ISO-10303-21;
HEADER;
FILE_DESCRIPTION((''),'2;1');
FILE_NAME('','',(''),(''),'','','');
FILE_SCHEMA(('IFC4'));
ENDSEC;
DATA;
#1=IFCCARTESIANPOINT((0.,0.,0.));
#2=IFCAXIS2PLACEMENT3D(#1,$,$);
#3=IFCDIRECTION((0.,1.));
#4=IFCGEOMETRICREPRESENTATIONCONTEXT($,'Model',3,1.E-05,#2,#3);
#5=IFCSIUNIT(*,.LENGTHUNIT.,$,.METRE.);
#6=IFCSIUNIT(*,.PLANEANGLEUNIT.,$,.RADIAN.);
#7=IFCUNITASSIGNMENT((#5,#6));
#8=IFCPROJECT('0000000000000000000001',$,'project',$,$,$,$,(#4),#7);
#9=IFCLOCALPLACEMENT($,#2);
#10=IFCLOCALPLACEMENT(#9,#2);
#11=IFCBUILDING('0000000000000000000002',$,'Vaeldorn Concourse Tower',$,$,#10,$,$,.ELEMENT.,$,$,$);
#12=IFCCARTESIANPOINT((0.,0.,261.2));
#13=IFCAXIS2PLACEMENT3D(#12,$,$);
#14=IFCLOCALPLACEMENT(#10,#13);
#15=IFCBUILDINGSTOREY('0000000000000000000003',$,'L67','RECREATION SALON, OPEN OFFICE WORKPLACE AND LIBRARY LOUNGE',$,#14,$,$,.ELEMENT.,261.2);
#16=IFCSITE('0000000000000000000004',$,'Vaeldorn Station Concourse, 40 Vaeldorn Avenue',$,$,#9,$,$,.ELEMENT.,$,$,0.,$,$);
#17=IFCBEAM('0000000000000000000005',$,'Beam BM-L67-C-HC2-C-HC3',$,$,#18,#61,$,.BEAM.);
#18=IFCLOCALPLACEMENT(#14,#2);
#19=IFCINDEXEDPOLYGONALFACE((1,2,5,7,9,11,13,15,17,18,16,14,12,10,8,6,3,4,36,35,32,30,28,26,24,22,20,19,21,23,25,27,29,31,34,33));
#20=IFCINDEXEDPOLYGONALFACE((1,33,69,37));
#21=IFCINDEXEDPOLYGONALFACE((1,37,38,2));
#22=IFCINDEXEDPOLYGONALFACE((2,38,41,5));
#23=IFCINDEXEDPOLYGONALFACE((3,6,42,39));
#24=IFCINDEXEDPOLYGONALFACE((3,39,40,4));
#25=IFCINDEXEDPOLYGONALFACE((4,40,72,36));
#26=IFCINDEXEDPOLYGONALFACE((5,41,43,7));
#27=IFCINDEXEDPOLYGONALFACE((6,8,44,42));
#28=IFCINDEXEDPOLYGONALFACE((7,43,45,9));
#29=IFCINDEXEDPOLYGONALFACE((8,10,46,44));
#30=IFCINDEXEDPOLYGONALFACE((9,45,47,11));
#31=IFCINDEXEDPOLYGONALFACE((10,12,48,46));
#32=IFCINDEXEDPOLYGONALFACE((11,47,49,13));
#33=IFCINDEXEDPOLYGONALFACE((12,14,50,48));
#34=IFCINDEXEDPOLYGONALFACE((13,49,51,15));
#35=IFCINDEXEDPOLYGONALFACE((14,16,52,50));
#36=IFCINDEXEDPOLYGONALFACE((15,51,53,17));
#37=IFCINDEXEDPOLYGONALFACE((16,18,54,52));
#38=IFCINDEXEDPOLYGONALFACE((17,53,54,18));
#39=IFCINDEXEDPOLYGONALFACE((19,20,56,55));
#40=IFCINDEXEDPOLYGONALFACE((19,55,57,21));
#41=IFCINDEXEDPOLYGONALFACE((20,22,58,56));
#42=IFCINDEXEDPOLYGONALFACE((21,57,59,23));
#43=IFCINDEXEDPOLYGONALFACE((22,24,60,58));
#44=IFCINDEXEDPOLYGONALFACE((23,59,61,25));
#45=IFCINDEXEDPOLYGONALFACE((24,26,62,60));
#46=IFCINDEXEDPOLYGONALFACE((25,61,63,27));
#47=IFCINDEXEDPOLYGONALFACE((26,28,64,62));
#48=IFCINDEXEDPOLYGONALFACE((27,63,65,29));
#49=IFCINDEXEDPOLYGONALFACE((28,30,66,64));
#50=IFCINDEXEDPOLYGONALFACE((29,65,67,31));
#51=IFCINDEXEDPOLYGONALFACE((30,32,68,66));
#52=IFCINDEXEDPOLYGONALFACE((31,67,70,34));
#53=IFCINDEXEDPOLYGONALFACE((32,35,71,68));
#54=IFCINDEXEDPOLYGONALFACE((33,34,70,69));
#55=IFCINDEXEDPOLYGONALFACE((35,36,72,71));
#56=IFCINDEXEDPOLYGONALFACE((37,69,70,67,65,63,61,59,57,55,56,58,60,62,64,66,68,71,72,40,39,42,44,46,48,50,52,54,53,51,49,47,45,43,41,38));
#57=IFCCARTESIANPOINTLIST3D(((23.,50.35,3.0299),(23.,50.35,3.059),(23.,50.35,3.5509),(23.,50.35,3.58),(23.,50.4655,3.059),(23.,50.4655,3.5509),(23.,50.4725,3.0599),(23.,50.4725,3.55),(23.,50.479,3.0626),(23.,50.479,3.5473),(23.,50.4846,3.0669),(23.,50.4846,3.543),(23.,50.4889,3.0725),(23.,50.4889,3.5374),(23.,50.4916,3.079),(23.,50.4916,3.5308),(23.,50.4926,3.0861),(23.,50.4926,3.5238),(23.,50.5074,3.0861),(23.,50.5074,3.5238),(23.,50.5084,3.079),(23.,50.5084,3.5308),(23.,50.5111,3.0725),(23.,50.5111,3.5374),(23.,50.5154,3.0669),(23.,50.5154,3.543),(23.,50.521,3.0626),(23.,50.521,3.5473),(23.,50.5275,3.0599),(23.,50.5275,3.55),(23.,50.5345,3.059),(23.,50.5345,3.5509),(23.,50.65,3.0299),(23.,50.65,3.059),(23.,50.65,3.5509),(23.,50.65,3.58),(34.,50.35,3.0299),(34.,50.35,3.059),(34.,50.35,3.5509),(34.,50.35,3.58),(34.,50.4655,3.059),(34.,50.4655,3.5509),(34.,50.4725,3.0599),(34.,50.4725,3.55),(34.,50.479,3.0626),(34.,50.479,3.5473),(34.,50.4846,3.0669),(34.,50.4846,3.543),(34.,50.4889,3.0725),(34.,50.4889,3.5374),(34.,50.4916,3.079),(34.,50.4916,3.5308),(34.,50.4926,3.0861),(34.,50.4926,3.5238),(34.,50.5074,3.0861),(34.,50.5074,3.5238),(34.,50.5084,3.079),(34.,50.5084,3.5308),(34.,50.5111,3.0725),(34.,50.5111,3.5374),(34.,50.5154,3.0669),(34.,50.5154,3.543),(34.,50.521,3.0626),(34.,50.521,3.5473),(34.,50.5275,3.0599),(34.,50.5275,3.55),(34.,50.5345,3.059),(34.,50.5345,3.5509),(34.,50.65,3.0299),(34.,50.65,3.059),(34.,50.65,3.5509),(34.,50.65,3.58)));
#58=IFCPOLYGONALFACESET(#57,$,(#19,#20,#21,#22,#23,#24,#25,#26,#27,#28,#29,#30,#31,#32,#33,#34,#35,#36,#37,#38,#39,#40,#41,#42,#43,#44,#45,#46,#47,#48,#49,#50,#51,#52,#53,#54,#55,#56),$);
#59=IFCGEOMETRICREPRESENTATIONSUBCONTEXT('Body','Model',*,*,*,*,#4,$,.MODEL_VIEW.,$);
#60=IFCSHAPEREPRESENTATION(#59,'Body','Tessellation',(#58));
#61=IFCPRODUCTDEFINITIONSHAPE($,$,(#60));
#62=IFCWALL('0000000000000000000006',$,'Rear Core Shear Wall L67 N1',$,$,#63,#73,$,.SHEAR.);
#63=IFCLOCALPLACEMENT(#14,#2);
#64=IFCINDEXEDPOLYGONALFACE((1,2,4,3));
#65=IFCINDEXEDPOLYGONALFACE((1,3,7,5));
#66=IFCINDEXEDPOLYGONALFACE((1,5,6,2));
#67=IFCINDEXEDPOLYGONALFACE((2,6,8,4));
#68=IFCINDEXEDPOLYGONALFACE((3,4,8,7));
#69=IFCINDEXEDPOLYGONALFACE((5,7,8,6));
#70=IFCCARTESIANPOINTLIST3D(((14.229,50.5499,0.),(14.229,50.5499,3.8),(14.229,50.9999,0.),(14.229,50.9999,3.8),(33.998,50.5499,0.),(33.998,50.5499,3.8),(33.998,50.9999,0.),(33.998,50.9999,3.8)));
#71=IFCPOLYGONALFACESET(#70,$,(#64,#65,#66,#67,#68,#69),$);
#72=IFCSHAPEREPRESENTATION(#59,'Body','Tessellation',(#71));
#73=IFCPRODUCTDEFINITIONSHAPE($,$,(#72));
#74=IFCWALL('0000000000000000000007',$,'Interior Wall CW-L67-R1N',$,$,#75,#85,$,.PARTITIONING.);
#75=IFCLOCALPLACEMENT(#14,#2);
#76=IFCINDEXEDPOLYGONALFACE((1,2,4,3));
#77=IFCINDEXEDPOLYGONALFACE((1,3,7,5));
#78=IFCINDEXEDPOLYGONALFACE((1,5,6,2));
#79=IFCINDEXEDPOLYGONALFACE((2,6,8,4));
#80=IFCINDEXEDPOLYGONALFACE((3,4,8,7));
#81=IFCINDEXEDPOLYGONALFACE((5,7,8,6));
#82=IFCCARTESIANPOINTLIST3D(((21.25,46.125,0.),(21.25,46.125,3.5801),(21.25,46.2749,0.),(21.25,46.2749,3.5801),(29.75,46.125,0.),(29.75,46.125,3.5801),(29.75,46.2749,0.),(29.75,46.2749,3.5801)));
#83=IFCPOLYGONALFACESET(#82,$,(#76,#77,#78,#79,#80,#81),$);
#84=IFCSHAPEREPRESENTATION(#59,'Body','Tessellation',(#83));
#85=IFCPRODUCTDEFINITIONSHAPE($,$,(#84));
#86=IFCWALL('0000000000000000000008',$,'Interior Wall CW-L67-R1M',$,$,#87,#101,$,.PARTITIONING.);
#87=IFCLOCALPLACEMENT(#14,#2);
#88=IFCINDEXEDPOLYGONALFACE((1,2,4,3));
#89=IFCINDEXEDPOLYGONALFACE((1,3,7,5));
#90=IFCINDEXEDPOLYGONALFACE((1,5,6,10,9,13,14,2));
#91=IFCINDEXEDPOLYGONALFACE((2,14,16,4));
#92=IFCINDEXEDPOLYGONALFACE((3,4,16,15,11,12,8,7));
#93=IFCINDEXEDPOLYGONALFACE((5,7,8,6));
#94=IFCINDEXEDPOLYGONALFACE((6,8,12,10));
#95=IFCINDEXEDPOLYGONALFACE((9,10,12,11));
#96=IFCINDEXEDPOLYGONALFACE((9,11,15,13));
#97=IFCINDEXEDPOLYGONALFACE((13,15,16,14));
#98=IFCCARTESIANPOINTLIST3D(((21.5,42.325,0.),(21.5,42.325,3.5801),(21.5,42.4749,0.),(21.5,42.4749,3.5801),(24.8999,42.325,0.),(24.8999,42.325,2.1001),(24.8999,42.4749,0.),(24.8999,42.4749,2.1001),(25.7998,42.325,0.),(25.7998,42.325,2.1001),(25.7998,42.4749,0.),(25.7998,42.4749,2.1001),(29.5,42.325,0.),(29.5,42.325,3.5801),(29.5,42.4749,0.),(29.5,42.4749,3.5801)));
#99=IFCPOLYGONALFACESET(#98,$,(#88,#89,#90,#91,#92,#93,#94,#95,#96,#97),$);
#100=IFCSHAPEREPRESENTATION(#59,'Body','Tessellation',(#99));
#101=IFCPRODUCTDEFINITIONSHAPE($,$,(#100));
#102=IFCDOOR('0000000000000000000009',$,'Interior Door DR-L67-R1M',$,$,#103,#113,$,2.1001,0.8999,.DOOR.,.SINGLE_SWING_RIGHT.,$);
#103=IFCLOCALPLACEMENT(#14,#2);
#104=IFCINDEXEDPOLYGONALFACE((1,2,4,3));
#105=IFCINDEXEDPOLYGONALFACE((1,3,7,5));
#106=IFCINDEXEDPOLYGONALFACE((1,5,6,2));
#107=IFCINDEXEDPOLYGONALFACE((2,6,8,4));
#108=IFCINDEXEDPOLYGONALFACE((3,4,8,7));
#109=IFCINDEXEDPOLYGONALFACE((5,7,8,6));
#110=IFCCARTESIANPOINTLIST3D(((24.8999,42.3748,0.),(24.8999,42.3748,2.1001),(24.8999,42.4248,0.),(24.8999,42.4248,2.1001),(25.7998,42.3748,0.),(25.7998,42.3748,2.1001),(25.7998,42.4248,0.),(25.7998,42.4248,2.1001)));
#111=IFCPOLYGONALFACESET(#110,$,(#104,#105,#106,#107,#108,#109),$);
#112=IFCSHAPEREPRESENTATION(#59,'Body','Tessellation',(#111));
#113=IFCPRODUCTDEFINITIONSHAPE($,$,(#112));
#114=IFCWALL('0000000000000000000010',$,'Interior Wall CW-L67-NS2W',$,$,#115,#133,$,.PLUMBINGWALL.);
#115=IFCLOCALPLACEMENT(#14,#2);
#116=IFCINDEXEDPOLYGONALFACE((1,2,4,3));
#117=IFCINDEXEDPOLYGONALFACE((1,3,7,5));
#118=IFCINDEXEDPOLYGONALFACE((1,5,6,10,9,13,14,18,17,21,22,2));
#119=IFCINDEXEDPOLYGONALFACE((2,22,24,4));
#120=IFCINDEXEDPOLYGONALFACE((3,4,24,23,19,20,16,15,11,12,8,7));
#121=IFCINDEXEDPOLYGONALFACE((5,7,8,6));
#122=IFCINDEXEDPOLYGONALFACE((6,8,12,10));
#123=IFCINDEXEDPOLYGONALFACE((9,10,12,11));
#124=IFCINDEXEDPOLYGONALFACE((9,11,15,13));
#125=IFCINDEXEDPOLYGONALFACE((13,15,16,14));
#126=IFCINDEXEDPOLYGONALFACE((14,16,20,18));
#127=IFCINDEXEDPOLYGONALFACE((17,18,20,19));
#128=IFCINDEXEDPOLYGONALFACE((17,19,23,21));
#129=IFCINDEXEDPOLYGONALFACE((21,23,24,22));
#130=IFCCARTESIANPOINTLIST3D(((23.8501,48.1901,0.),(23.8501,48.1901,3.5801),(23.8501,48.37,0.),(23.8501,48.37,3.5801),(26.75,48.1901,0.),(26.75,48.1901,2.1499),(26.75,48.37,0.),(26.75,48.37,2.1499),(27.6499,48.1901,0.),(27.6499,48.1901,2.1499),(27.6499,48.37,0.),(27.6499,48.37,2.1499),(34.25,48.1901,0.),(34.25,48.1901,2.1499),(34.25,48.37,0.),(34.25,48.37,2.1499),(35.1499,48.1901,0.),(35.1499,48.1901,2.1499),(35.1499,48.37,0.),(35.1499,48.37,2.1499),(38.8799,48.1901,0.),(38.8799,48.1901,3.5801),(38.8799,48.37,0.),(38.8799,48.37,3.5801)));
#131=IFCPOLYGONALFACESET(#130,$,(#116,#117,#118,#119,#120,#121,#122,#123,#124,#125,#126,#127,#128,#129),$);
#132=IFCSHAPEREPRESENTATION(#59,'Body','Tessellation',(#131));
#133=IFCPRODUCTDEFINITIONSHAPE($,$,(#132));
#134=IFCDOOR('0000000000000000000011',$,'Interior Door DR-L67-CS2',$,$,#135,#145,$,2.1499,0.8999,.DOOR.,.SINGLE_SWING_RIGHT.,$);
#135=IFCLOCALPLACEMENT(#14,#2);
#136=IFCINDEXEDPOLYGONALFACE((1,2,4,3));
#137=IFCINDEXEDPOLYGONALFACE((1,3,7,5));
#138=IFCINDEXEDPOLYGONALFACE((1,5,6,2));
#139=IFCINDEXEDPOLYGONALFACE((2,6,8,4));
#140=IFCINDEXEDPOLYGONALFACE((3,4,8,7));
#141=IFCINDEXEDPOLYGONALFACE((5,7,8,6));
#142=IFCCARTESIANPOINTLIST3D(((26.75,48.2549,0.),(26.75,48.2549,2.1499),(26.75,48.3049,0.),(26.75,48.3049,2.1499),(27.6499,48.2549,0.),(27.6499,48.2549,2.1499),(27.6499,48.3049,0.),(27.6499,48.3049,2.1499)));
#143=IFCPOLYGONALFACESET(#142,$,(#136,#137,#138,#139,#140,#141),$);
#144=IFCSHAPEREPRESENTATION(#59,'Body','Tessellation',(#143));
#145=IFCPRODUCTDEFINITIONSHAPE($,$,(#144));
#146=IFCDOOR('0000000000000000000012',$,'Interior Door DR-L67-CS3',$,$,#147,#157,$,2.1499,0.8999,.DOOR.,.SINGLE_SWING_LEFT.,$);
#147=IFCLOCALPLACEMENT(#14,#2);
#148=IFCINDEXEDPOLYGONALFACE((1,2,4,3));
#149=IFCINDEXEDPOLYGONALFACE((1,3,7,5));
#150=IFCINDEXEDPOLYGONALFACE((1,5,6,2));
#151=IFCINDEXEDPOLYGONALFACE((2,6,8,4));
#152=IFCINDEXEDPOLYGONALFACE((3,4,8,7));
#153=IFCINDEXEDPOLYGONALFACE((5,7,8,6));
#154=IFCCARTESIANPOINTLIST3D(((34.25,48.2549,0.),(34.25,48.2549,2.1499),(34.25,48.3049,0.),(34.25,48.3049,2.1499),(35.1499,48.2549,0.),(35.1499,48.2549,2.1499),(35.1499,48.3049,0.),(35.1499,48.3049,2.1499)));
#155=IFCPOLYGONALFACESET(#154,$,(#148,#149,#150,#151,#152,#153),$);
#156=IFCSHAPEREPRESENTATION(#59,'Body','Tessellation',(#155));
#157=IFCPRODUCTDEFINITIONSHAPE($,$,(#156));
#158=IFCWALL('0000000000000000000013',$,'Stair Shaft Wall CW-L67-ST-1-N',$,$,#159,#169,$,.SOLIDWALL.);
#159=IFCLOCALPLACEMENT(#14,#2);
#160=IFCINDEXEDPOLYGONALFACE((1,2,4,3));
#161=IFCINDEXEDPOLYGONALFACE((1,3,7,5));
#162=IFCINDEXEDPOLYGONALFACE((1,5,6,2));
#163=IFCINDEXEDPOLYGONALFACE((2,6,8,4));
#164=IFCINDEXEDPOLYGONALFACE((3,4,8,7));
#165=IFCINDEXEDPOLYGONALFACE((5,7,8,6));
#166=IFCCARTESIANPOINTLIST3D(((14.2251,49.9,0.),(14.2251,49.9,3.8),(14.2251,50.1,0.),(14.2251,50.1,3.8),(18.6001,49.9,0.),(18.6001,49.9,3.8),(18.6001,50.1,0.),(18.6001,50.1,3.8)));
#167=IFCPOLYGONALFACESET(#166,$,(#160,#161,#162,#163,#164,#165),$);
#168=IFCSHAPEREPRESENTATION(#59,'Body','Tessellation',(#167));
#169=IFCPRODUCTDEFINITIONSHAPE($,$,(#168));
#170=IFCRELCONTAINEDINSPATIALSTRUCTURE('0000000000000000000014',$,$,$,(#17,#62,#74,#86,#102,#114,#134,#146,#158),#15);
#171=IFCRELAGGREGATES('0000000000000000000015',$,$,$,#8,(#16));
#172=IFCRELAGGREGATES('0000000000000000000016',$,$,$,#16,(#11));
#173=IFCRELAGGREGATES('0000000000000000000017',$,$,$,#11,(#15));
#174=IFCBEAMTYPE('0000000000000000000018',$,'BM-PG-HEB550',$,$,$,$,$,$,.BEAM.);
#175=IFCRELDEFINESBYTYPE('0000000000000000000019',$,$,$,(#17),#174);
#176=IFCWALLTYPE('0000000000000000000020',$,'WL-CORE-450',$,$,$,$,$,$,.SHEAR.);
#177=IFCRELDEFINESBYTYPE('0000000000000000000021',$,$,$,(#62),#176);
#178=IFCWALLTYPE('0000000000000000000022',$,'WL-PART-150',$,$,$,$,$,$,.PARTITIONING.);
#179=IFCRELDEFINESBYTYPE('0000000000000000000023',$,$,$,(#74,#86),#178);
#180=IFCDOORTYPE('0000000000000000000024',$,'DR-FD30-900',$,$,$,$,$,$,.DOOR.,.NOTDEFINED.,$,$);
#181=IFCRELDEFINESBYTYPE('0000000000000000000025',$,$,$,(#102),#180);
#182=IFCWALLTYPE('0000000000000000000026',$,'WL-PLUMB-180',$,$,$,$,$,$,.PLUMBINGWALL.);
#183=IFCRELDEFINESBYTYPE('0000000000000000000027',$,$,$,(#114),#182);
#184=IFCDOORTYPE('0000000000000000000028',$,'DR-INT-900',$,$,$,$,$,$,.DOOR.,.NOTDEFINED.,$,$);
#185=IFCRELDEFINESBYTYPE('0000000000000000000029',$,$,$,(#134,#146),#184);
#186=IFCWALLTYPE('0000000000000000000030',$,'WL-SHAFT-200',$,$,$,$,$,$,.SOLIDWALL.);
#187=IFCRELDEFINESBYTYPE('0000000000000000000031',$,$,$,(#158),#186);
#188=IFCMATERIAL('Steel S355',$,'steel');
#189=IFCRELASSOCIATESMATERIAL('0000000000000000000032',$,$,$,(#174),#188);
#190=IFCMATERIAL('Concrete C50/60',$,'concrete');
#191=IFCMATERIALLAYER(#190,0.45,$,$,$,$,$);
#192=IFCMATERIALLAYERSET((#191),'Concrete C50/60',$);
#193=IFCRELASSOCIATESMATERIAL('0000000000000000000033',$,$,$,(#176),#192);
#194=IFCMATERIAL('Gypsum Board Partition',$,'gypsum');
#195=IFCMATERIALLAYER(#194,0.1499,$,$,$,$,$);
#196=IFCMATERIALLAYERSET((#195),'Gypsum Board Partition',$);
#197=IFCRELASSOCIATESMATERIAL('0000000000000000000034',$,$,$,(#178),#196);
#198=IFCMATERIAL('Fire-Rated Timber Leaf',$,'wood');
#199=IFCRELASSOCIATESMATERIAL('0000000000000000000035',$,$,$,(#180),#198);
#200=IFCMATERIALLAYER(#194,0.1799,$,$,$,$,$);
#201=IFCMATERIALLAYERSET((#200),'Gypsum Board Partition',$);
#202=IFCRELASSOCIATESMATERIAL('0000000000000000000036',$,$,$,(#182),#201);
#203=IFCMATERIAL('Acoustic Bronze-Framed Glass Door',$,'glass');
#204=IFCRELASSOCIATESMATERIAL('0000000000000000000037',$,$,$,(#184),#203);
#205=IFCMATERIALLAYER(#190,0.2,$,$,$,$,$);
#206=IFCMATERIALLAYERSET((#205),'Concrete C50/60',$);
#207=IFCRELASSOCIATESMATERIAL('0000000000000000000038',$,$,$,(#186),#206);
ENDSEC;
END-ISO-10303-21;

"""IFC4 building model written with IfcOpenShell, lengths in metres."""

from ifc_helpers import new_model, si_unit, direction, frame, frame_2d, origin, origin_2d, place, context, subcontext, project, spatial, rectangle, i_section, extrude, source, transform, mapped, material, layer, layer_set, material_profile, profile_set, type_object, element, fill, save


model = new_model("IFC4")

# Units and contexts
model_context = context("Model", 3, precision=1e-05, world=origin(), true_north=direction((0.0, 1.0)))
body_context = subcontext(model_context, "Body", "Model", "MODEL_VIEW")
ifc_project = project(units=[si_unit("LENGTHUNIT", "METRE"), si_unit("PLANEANGLEUNIT", "RADIAN")], contexts=[model_context])

# Site, building, storey
site_placement = place(None, origin())
site = spatial("IfcSite", under=ifc_project, at=site_placement, Name="Vaeldorn Station Concourse, 40 Vaeldorn Avenue", CompositionType="ELEMENT", RefElevation=0.0)
building_placement = place(site_placement, origin())
building = spatial("IfcBuilding", under=site, at=building_placement, Name="Vaeldorn Concourse Tower", CompositionType="ELEMENT")
storey_placement = place(building_placement, frame((0.0, 0.0, 261.2)))
storey = spatial("IfcBuildingStorey", under=building, at=storey_placement, Name="L67", Description="RECREATION SALON, OPEN OFFICE WORKPLACE AND LIBRARY LOUNGE", CompositionType="ELEMENT", Elevation=261.2)

# Beam
ifc_material_1 = material(Name="Steel S355", Category="steel")
ifc_material_profile_1 = material_profile(ifc_material_1, i_section(OverallWidth=0.3, OverallDepth=0.55, WebThickness=0.0149, FlangeThickness=0.0291, FilletRadius=0.0271, at=origin_2d()), Name="HEB 550")
ifc_profile_set_1 = profile_set([ifc_material_profile_1], Name="Steel S355")
beam_type_1 = type_object("IfcBeamType", Name="BM-PG-HEB550", PredefinedType="BEAM", material=ifc_profile_set_1)
shared_shape_1 = source(origin(), body_context, "Body", "SweptSolid", [
    extrude(i_section(OverallWidth=0.3, OverallDepth=0.55, WebThickness=0.0149, FlangeThickness=0.0291, FilletRadius=0.0271, at=origin_2d()), origin(), (0.0, 0.0, 1.0), 11.0),
])
beam_1_placement = place(storey_placement, frame((23.0, 50.5, 3.3049), z_axis=(1.0, 0.0, 0.0), x_axis=(0.0, 1.0, 0.0)))
element("IfcBeam", 1, at=beam_1_placement, inside=storey, type_object=beam_type_1, Name="Beam BM-L67-C-HC2-C-HC3", PredefinedType="BEAM", context=body_context, shape_type="MappedRepresentation", body=[
    mapped(shared_shape_1, transform((0.0, 0.0, 0.0), scale=1.0)),
])

# Walls
ifc_material_2 = material(Name="Concrete C50/60", Category="concrete")
ifc_layer_1 = layer(ifc_material_2, 0.45)
ifc_layer_set_1 = layer_set([ifc_layer_1], Name="Concrete C50/60")
wall_type_1 = type_object("IfcWallType", Name="WL-CORE-450", PredefinedType="SHEAR", material=ifc_layer_set_1)
wall_1_placement = place(storey_placement, frame((14.229, 50.7749, 0.0), z_axis=(0.0, 0.0, 1.0), x_axis=(1.0, 0.0, 0.0)))
element("IfcWall", 2, at=wall_1_placement, inside=storey, type_object=wall_type_1, Name="Rear Core Shear Wall L67 N1", PredefinedType="SHEAR", context=body_context, shape_type="SweptSolid", body=[
    extrude(rectangle(XDim=19.769, YDim=0.45, at=frame_2d((9.8845, 0.0))), origin(), (0.0, 0.0, 1.0), 3.8),
])
ifc_material_3 = material(Name="Gypsum Board Partition", Category="gypsum")
ifc_layer_2 = layer(ifc_material_3, 0.1499)
ifc_layer_set_2 = layer_set([ifc_layer_2], Name="Gypsum Board Partition")
wall_type_2 = type_object("IfcWallType", Name="WL-PART-150", PredefinedType="PARTITIONING", material=ifc_layer_set_2)
wall_2_placement = place(storey_placement, frame((21.25, 46.2, 0.0), z_axis=(0.0, 0.0, 1.0), x_axis=(1.0, 0.0, 0.0)))
element("IfcWall", 3, at=wall_2_placement, inside=storey, type_object=wall_type_2, Name="Interior Wall CW-L67-R1N", PredefinedType="PARTITIONING", context=body_context, shape_type="SweptSolid", body=[
    extrude(rectangle(XDim=8.5, YDim=0.1499, at=frame_2d((4.25, 0.0))), origin(), (0.0, 0.0, 1.0), 3.5801),
])

# Wall, opening, door
wall_3_placement = place(storey_placement, frame((21.5, 42.3999, 0.0), z_axis=(0.0, 0.0, 1.0), x_axis=(1.0, 0.0, 0.0)))
wall_3 = element("IfcWall", 4, at=wall_3_placement, inside=storey, type_object=wall_type_2, Name="Interior Wall CW-L67-R1M", PredefinedType="PARTITIONING", context=body_context, shape_type="SweptSolid", body=[
    extrude(rectangle(XDim=8.0, YDim=0.1499, at=frame_2d((4.0, 0.0))), origin(), (0.0, 0.0, 1.0), 3.5801),
])
opening_1_placement = place(wall_3_placement, frame((3.3999, 0.0, 0.0)))
opening_1 = element("IfcOpeningElement", 5, at=opening_1_placement, cuts=wall_3, PredefinedType="OPENING", context=body_context, shape_type="SweptSolid", body=[
    extrude(rectangle(XDim=0.8999, YDim=2.1001, at=frame_2d((0.45, 1.05))), frame((0.0, 0.085, 0.0), z_axis=(0.0, -1.0, 0.0), x_axis=(1.0, 0.0, 0.0)), (0.0, 0.0, 1.0), 0.1699),
])
ifc_material_4 = material(Name="Fire-Rated Timber Leaf", Category="wood")
door_type_1 = type_object("IfcDoorType", Name="DR-FD30-900", OperationType="NOTDEFINED", PredefinedType="DOOR", material=ifc_material_4)
shared_shape_2 = source(origin(), body_context, "Body", "SweptSolid", [
    extrude(rectangle(XDim=0.8999, YDim=2.1001, at=frame_2d((0.45, 1.05))), frame((0.0, 0.0249, 0.0), z_axis=(0.0, -1.0, 0.0), x_axis=(1.0, 0.0, 0.0)), (0.0, 0.0, 1.0), 0.05),
])
door_1_placement = place(opening_1_placement, origin())
door_1 = element("IfcDoor", 6, at=door_1_placement, inside=storey, type_object=door_type_1, Name="Interior Door DR-L67-R1M", OperationType="SINGLE_SWING_RIGHT", OverallHeight=2.1001, OverallWidth=0.8999, PredefinedType="DOOR", context=body_context, shape_type="MappedRepresentation", body=[
    mapped(shared_shape_2, transform((0.0, 0.0, 0.0), scale=1.0)),
])
fill(opening_1, door_1)

# Wall, openings, doors
ifc_layer_3 = layer(ifc_material_3, 0.1799)
ifc_layer_set_3 = layer_set([ifc_layer_3], Name="Gypsum Board Partition")
wall_type_3 = type_object("IfcWallType", Name="WL-PLUMB-180", PredefinedType="PLUMBINGWALL", material=ifc_layer_set_3)
wall_4_placement = place(storey_placement, frame((23.8501, 48.28, 0.0), z_axis=(0.0, 0.0, 1.0), x_axis=(1.0, 0.0, 0.0)))
wall_4 = element("IfcWall", 7, at=wall_4_placement, inside=storey, type_object=wall_type_3, Name="Interior Wall CW-L67-NS2W", PredefinedType="PLUMBINGWALL", context=body_context, shape_type="SweptSolid", body=[
    extrude(rectangle(XDim=15.0298, YDim=0.1799, at=frame_2d((7.5149, 0.0))), origin(), (0.0, 0.0, 1.0), 3.5801),
])
opening_2_placement = place(wall_4_placement, frame((2.8999, 0.0, 0.0)))
opening_2 = element("IfcOpeningElement", 8, at=opening_2_placement, cuts=wall_4, PredefinedType="OPENING", context=body_context, shape_type="SweptSolid", body=[
    extrude(rectangle(XDim=0.8999, YDim=2.1499, at=frame_2d((0.45, 1.075))), frame((0.0, 0.1001, 0.0), z_axis=(0.0, -1.0, 0.0), x_axis=(1.0, 0.0, 0.0)), (0.0, 0.0, 1.0), 0.2),
])
opening_3_placement = place(wall_4_placement, frame((10.3999, 0.0, 0.0)))
opening_3 = element("IfcOpeningElement", 9, at=opening_3_placement, cuts=wall_4, PredefinedType="OPENING", context=body_context, shape_type="SweptSolid", body=[
    extrude(rectangle(XDim=0.8999, YDim=2.1499, at=frame_2d((0.45, 1.075))), frame((0.0, 0.1001, 0.0), z_axis=(0.0, -1.0, 0.0), x_axis=(1.0, 0.0, 0.0)), (0.0, 0.0, 1.0), 0.2),
])
ifc_material_5 = material(Name="Acoustic Bronze-Framed Glass Door", Category="glass")
door_type_2 = type_object("IfcDoorType", Name="DR-INT-900", OperationType="NOTDEFINED", PredefinedType="DOOR", material=ifc_material_5)
shared_shape_3 = source(origin(), body_context, "Body", "SweptSolid", [
    extrude(rectangle(XDim=0.8999, YDim=2.1499, at=frame_2d((0.45, 1.075))), frame((0.0, 0.0249, 0.0), z_axis=(0.0, -1.0, 0.0), x_axis=(1.0, 0.0, 0.0)), (0.0, 0.0, 1.0), 0.05),
])
door_2_placement = place(opening_2_placement, origin())
door_2 = element("IfcDoor", 10, at=door_2_placement, inside=storey, type_object=door_type_2, Name="Interior Door DR-L67-CS2", OperationType="SINGLE_SWING_RIGHT", OverallHeight=2.1499, OverallWidth=0.8999, PredefinedType="DOOR", context=body_context, shape_type="MappedRepresentation", body=[
    mapped(shared_shape_3, transform((0.0, 0.0, 0.0), scale=1.0)),
])
fill(opening_2, door_2)
door_3_placement = place(opening_3_placement, origin())
door_3 = element("IfcDoor", 11, at=door_3_placement, inside=storey, type_object=door_type_2, Name="Interior Door DR-L67-CS3", OperationType="SINGLE_SWING_LEFT", OverallHeight=2.1499, OverallWidth=0.8999, PredefinedType="DOOR", context=body_context, shape_type="MappedRepresentation", body=[
    mapped(shared_shape_3, transform((0.0, 0.0, 0.0), scale=1.0)),
])
fill(opening_3, door_3)

# Wall
ifc_layer_4 = layer(ifc_material_2, 0.2)
ifc_layer_set_4 = layer_set([ifc_layer_4], Name="Concrete C50/60")
wall_type_4 = type_object("IfcWallType", Name="WL-SHAFT-200", PredefinedType="SOLIDWALL", material=ifc_layer_set_4)
wall_5_placement = place(storey_placement, frame((14.2251, 50.0, 0.0), z_axis=(0.0, 0.0, 1.0), x_axis=(1.0, 0.0, 0.0)))
element("IfcWall", 12, at=wall_5_placement, inside=storey, type_object=wall_type_4, Name="Stair Shaft Wall CW-L67-ST-1-N", PredefinedType="SOLIDWALL", context=body_context, shape_type="SweptSolid", body=[
    extrude(rectangle(XDim=4.375, YDim=0.2, at=frame_2d((2.1875, 0.0))), origin(), (0.0, 0.0, 1.0), 3.8),
])

save(model, "model.ifc")
